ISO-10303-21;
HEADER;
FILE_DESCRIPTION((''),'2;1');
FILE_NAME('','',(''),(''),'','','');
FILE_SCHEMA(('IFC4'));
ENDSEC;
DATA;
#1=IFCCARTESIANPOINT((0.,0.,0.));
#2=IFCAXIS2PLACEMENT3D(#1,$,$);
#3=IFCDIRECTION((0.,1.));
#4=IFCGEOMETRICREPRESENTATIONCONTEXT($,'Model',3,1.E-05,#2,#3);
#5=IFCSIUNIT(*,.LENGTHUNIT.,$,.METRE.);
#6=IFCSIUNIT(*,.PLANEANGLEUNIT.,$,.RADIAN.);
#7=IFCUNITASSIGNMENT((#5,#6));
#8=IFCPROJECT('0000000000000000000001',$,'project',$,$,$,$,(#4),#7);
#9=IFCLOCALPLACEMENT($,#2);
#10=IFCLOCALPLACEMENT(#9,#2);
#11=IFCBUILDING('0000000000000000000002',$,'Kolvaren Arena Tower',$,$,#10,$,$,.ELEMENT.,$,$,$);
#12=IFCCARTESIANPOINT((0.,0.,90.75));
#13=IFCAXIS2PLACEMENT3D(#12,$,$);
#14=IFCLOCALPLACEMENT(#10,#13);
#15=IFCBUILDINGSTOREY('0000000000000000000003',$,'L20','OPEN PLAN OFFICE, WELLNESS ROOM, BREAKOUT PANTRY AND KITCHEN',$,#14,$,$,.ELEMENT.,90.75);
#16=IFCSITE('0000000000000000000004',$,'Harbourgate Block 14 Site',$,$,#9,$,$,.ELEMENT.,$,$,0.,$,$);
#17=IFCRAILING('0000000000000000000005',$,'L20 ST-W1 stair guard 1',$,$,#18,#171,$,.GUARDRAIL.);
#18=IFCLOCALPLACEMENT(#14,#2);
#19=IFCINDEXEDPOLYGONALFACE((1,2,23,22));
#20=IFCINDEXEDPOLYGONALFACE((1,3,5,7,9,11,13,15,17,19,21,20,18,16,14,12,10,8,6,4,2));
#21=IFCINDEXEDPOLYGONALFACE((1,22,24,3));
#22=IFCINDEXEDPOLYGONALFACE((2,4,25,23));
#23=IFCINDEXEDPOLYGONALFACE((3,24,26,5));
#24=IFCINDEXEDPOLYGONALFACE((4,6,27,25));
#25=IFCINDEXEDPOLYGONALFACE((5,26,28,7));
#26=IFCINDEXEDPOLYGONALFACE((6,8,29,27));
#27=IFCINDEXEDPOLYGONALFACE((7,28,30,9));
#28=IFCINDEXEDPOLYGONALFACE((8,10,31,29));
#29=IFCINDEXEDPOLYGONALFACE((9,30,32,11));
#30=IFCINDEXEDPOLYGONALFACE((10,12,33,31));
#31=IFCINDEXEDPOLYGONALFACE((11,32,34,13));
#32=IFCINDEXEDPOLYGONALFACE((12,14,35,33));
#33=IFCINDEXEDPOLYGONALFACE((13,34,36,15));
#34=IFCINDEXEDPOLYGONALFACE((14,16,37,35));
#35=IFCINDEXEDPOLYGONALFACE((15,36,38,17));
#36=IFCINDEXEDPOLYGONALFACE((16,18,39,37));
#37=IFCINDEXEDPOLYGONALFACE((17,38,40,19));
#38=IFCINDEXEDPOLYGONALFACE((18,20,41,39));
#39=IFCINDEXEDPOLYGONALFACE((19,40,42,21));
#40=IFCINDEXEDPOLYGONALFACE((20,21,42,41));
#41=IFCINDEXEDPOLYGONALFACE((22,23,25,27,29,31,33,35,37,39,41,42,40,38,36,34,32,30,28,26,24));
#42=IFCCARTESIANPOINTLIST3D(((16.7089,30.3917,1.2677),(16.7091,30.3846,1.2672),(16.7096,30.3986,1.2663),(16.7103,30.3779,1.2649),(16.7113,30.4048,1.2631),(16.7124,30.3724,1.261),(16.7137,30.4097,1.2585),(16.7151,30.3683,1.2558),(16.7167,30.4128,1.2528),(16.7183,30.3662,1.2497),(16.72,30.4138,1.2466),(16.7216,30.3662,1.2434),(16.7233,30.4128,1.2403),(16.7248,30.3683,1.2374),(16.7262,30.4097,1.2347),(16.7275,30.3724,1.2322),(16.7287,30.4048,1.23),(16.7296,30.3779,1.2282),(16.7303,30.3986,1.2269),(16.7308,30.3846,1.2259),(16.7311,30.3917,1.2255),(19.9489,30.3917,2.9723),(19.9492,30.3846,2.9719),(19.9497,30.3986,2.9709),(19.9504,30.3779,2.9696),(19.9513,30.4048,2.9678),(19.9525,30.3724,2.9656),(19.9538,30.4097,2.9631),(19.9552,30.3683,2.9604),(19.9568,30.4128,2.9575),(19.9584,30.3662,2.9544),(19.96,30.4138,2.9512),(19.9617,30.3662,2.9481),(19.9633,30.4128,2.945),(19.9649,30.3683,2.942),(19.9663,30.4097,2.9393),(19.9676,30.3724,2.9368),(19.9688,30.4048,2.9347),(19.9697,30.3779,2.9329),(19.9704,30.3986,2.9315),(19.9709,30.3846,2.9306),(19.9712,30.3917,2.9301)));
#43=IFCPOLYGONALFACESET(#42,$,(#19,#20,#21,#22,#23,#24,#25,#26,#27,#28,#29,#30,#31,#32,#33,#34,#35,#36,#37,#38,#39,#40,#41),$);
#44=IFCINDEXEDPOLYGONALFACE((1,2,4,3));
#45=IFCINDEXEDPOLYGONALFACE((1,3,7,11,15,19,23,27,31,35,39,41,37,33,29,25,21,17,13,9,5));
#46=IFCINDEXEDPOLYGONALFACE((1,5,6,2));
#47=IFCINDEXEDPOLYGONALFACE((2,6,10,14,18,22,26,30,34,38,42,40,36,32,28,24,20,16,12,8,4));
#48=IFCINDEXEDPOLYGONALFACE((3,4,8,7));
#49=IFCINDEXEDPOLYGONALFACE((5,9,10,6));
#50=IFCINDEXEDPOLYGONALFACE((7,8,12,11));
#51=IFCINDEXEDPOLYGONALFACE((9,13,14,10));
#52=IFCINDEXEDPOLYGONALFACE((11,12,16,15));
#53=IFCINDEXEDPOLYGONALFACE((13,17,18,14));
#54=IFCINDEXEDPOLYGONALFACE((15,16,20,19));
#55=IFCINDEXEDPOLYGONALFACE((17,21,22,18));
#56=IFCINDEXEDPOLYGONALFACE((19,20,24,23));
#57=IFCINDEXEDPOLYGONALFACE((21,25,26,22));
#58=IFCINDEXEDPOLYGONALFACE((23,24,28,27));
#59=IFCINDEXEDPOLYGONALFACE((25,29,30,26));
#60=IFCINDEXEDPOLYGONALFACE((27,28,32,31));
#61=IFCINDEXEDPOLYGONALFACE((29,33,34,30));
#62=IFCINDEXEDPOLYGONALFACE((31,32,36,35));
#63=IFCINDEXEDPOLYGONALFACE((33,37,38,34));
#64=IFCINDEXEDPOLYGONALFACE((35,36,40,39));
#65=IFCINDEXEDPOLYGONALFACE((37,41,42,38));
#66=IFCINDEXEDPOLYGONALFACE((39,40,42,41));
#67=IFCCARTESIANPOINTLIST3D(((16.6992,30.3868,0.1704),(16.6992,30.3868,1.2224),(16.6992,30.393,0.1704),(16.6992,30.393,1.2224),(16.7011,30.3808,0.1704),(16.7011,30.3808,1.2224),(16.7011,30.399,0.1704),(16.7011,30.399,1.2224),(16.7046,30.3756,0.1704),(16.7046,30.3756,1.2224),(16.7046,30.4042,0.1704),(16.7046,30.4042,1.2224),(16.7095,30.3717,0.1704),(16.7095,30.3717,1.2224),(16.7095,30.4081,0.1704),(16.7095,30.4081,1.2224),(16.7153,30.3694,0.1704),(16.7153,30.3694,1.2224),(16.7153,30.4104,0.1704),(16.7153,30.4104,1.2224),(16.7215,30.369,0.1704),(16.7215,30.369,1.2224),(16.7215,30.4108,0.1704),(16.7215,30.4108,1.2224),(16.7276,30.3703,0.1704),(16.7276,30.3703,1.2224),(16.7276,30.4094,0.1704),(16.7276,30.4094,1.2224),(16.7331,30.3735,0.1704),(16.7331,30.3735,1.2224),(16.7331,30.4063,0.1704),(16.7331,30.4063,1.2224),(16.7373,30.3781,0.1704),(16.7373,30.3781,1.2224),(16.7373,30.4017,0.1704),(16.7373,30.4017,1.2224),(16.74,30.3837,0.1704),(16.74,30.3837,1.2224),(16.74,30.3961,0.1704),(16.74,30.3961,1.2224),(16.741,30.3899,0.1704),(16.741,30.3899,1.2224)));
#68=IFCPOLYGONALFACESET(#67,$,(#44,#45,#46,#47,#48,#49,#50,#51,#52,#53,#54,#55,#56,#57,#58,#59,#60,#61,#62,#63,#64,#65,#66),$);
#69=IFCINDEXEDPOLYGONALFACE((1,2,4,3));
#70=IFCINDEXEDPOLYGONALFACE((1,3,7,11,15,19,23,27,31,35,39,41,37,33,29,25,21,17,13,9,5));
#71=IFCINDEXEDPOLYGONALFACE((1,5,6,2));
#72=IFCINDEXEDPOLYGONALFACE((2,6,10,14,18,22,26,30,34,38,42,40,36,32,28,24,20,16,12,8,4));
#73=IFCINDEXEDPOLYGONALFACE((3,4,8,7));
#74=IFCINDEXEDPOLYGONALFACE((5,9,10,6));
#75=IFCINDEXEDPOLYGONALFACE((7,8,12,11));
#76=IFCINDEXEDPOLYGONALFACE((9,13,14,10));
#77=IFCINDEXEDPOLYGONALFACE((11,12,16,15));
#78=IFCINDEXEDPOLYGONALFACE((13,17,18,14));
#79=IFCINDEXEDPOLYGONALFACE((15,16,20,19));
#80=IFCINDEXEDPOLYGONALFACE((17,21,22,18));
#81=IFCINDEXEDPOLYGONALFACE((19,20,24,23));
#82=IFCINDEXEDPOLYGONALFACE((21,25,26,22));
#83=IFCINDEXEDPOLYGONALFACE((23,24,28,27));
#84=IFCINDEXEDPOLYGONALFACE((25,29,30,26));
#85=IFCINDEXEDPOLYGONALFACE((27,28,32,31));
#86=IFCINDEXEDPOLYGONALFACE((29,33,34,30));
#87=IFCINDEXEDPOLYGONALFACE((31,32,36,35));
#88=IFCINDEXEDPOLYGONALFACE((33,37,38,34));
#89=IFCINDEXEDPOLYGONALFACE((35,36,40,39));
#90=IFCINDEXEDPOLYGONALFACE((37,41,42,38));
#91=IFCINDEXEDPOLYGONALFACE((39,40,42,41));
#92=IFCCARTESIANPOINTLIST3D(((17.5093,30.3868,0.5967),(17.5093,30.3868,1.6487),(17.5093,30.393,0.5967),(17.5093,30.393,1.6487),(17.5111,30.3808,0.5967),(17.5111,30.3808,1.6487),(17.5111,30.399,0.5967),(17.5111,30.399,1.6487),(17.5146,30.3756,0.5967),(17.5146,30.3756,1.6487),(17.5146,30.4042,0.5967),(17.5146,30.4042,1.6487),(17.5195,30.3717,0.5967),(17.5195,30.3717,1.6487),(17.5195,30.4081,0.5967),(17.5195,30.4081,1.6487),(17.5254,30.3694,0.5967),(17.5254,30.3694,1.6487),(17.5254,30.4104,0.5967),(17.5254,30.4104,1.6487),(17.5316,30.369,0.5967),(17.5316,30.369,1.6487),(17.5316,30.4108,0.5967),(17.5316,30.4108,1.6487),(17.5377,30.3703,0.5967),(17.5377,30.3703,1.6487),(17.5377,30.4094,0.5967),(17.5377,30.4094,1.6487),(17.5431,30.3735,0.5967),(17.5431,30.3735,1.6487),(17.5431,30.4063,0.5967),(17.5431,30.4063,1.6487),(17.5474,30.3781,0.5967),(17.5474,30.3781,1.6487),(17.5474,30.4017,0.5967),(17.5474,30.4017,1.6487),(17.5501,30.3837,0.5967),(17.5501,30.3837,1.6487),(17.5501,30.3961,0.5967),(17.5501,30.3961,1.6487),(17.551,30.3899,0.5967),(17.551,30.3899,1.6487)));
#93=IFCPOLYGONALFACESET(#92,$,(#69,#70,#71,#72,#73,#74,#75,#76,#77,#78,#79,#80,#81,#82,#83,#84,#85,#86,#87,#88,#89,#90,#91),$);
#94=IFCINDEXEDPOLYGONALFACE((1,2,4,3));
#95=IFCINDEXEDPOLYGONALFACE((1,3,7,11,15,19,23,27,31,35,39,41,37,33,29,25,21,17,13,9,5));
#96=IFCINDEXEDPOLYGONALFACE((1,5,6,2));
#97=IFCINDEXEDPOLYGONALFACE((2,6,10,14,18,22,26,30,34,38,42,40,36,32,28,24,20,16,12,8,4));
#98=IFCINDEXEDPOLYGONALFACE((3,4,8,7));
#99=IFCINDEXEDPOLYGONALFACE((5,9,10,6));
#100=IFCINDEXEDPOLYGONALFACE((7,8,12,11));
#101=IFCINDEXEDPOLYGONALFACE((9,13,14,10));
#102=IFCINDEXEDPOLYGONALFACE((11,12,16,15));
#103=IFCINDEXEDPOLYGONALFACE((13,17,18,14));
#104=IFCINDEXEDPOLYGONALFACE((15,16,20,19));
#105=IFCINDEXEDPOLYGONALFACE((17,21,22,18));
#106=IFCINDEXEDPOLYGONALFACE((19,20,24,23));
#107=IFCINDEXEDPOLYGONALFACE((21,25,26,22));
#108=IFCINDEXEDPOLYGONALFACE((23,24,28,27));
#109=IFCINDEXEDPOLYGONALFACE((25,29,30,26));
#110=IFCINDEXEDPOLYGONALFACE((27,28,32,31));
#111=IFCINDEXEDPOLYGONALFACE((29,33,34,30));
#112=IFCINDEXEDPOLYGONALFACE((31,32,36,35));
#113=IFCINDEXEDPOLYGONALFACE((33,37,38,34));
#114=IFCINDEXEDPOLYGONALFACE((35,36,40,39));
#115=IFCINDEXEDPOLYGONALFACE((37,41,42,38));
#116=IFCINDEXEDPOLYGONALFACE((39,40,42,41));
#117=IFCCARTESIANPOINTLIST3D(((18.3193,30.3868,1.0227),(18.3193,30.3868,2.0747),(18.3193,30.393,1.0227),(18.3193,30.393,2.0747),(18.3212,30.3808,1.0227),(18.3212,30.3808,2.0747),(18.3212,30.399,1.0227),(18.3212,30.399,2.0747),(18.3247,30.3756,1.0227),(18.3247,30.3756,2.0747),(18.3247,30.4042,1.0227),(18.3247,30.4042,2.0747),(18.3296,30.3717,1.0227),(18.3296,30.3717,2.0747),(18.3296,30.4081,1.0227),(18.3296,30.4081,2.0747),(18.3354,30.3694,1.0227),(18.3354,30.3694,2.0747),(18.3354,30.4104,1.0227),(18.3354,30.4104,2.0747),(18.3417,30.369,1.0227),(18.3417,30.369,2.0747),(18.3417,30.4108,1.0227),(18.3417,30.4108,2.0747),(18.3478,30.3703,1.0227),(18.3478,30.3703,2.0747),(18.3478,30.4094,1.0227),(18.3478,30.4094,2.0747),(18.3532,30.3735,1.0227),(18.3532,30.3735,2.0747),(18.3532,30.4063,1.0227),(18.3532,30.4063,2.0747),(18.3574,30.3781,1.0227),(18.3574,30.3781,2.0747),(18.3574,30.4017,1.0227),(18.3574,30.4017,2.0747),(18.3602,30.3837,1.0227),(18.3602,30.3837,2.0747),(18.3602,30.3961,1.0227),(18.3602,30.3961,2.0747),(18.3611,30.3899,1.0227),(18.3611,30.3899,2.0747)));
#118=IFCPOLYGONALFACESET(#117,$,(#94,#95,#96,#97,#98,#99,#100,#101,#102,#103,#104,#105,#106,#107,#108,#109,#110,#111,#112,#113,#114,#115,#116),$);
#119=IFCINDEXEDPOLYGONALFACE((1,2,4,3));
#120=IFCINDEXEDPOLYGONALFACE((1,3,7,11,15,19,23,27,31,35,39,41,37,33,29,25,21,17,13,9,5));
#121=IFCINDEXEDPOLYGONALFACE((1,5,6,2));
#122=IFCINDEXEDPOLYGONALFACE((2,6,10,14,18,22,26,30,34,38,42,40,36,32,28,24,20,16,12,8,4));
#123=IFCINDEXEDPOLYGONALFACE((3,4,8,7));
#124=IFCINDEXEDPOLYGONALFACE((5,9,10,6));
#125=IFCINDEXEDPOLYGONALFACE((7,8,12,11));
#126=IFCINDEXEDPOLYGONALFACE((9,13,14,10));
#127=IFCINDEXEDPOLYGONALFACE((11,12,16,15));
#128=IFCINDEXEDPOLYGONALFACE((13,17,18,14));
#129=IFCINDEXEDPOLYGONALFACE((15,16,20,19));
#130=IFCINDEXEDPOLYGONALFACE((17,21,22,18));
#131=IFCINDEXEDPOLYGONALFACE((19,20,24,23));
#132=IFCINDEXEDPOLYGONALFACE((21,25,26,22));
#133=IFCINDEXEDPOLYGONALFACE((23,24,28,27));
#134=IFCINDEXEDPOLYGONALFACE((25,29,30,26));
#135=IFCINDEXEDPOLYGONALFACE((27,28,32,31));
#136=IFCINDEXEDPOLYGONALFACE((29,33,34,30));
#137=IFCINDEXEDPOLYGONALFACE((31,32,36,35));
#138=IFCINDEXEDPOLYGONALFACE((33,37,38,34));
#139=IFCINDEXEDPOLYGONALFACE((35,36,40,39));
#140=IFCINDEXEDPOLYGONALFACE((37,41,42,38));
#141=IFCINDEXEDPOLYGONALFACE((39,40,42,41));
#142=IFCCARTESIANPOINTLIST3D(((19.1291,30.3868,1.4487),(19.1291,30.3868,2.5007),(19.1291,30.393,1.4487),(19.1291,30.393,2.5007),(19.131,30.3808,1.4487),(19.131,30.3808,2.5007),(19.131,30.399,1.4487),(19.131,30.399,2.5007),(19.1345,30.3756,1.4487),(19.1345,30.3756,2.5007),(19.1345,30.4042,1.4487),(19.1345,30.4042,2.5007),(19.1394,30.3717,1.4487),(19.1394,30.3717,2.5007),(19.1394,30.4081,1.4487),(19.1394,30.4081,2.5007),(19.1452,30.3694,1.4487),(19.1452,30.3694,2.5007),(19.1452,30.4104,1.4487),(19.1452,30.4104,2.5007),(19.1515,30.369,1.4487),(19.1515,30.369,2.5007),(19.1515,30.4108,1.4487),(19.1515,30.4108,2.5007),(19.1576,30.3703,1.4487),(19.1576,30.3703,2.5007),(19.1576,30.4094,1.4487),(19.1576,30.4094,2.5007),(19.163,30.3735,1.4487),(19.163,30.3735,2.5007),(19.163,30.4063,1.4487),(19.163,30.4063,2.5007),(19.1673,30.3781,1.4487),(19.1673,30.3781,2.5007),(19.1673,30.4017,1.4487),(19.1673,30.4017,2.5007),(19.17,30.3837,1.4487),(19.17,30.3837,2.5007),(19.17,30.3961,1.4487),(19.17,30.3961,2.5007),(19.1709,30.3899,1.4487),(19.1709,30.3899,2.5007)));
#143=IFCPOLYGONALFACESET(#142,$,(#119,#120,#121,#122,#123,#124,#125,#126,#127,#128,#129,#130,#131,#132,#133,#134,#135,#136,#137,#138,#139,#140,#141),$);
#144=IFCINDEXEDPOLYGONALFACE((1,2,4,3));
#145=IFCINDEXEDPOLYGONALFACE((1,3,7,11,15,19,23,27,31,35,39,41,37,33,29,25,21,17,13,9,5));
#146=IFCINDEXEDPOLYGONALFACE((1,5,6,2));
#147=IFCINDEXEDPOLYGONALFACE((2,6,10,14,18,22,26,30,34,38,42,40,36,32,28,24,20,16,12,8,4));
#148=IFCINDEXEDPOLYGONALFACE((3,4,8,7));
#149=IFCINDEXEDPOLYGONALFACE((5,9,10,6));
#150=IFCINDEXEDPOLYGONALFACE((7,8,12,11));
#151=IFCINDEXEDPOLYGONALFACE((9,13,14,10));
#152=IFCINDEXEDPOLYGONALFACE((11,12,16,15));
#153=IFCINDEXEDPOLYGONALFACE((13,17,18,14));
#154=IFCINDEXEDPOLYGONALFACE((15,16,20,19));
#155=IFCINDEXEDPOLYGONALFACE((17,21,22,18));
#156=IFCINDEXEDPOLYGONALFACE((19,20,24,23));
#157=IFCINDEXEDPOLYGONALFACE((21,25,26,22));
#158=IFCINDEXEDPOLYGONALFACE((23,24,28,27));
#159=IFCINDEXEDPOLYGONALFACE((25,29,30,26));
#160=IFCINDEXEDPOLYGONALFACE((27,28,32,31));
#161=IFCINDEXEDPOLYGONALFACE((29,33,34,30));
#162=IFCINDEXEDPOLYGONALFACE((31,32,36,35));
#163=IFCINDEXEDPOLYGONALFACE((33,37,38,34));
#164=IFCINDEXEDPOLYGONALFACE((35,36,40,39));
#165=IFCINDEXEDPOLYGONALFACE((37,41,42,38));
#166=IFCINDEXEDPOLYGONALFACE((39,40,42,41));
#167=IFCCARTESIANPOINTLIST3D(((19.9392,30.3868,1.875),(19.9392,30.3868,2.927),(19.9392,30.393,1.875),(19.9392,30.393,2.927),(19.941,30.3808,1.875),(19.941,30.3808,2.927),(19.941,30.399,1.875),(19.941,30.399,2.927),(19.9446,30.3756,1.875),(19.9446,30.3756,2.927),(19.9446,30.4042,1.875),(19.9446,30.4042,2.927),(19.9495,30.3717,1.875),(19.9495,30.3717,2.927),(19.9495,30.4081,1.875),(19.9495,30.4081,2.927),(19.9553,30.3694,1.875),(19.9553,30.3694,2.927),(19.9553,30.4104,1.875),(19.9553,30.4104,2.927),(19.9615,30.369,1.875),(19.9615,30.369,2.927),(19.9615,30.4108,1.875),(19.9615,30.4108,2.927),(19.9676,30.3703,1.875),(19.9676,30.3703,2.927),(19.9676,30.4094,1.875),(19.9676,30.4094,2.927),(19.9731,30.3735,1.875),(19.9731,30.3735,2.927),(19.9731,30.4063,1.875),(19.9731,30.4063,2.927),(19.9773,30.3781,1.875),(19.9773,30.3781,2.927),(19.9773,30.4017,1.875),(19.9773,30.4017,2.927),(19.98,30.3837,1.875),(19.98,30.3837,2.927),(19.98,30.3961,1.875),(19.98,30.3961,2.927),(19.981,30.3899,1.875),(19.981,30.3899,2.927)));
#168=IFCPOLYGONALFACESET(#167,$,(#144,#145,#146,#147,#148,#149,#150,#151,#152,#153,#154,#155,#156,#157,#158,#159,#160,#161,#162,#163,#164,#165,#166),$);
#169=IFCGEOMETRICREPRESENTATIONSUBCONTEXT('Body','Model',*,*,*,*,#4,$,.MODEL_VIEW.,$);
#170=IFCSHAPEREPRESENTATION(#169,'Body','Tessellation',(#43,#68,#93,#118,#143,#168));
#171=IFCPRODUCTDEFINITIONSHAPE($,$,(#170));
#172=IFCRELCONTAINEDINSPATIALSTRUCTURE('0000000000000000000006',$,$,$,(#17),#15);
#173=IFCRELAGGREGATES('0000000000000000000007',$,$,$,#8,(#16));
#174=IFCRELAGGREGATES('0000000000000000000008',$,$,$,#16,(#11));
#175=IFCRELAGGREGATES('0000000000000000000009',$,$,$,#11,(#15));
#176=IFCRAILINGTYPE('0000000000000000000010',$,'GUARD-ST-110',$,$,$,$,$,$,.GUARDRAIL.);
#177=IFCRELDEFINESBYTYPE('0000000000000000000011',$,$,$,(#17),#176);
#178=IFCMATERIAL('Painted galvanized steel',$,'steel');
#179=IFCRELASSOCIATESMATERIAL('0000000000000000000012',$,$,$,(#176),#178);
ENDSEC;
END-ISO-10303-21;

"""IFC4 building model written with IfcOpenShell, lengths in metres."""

from ifc_helpers import new_model, si_unit, direction, frame, origin, origin_2d, place, context, subcontext, project, spatial, circle, extrude, material, type_object, element, save


model = new_model("IFC4")

# Units and contexts
model_context = context("Model", 3, precision=1e-05, world=origin(), true_north=direction((0.0, 1.0)))
body_context = subcontext(model_context, "Body", "Model", "MODEL_VIEW")
ifc_project = project(units=[si_unit("LENGTHUNIT", "METRE"), si_unit("PLANEANGLEUNIT", "RADIAN")], contexts=[model_context])

# Site, building, storey
site_placement = place(None, origin())
site = spatial("IfcSite", under=ifc_project, at=site_placement, Name="Harbourgate Block 14 Site", CompositionType="ELEMENT", RefElevation=0.0)
building_placement = place(site_placement, origin())
building = spatial("IfcBuilding", under=site, at=building_placement, Name="Kolvaren Arena Tower", CompositionType="ELEMENT")
storey_placement = place(building_placement, frame((0.0, 0.0, 90.75)))
storey = spatial("IfcBuildingStorey", under=building, at=storey_placement, Name="L20", Description="OPEN PLAN OFFICE, WELLNESS ROOM, BREAKOUT PANTRY AND KITCHEN", CompositionType="ELEMENT", Elevation=90.75)

# Railing
ifc_material_1 = material(Name="Painted galvanized steel", Category="steel")
railing_type_1 = type_object("IfcRailingType", Name="GUARD-ST-110", PredefinedType="GUARDRAIL", material=ifc_material_1)
railing_1_placement = place(storey_placement, frame((16.72, 30.3899, 0.1704)))
element("IfcRailing", 1, at=railing_1_placement, inside=storey, type_object=railing_type_1, Name="L20 ST-W1 stair guard 1", PredefinedType="GUARDRAIL", context=body_context, shape_type="SweptSolid", body=[
    extrude(circle(Radius=0.0239, at=origin_2d()), frame((0.0, 0.0, 1.0762), z_axis=(0.884993, 0.0, 0.465604), x_axis=(0.0, 1.0, 0.0)), (0.0, 0.0, 1.0), 3.6611),
    extrude(circle(Radius=0.021, at=origin_2d()), origin(), (0.0, 0.0, 1.0), 1.052),
    extrude(circle(Radius=0.021, at=origin_2d()), frame((0.8101, 0.0, 0.4263)), (0.0, 0.0, 1.0), 1.052),
    extrude(circle(Radius=0.021, at=origin_2d()), frame((1.6201, 0.0, 0.8523)), (0.0, 0.0, 1.0), 1.052),
    extrude(circle(Radius=0.021, at=origin_2d()), frame((2.4299, 0.0, 1.2783)), (0.0, 0.0, 1.0), 1.052),
    extrude(circle(Radius=0.021, at=origin_2d()), frame((3.24, 0.0, 1.7046)), (0.0, 0.0, 1.0), 1.052),
])

save(model, "model.ifc")
